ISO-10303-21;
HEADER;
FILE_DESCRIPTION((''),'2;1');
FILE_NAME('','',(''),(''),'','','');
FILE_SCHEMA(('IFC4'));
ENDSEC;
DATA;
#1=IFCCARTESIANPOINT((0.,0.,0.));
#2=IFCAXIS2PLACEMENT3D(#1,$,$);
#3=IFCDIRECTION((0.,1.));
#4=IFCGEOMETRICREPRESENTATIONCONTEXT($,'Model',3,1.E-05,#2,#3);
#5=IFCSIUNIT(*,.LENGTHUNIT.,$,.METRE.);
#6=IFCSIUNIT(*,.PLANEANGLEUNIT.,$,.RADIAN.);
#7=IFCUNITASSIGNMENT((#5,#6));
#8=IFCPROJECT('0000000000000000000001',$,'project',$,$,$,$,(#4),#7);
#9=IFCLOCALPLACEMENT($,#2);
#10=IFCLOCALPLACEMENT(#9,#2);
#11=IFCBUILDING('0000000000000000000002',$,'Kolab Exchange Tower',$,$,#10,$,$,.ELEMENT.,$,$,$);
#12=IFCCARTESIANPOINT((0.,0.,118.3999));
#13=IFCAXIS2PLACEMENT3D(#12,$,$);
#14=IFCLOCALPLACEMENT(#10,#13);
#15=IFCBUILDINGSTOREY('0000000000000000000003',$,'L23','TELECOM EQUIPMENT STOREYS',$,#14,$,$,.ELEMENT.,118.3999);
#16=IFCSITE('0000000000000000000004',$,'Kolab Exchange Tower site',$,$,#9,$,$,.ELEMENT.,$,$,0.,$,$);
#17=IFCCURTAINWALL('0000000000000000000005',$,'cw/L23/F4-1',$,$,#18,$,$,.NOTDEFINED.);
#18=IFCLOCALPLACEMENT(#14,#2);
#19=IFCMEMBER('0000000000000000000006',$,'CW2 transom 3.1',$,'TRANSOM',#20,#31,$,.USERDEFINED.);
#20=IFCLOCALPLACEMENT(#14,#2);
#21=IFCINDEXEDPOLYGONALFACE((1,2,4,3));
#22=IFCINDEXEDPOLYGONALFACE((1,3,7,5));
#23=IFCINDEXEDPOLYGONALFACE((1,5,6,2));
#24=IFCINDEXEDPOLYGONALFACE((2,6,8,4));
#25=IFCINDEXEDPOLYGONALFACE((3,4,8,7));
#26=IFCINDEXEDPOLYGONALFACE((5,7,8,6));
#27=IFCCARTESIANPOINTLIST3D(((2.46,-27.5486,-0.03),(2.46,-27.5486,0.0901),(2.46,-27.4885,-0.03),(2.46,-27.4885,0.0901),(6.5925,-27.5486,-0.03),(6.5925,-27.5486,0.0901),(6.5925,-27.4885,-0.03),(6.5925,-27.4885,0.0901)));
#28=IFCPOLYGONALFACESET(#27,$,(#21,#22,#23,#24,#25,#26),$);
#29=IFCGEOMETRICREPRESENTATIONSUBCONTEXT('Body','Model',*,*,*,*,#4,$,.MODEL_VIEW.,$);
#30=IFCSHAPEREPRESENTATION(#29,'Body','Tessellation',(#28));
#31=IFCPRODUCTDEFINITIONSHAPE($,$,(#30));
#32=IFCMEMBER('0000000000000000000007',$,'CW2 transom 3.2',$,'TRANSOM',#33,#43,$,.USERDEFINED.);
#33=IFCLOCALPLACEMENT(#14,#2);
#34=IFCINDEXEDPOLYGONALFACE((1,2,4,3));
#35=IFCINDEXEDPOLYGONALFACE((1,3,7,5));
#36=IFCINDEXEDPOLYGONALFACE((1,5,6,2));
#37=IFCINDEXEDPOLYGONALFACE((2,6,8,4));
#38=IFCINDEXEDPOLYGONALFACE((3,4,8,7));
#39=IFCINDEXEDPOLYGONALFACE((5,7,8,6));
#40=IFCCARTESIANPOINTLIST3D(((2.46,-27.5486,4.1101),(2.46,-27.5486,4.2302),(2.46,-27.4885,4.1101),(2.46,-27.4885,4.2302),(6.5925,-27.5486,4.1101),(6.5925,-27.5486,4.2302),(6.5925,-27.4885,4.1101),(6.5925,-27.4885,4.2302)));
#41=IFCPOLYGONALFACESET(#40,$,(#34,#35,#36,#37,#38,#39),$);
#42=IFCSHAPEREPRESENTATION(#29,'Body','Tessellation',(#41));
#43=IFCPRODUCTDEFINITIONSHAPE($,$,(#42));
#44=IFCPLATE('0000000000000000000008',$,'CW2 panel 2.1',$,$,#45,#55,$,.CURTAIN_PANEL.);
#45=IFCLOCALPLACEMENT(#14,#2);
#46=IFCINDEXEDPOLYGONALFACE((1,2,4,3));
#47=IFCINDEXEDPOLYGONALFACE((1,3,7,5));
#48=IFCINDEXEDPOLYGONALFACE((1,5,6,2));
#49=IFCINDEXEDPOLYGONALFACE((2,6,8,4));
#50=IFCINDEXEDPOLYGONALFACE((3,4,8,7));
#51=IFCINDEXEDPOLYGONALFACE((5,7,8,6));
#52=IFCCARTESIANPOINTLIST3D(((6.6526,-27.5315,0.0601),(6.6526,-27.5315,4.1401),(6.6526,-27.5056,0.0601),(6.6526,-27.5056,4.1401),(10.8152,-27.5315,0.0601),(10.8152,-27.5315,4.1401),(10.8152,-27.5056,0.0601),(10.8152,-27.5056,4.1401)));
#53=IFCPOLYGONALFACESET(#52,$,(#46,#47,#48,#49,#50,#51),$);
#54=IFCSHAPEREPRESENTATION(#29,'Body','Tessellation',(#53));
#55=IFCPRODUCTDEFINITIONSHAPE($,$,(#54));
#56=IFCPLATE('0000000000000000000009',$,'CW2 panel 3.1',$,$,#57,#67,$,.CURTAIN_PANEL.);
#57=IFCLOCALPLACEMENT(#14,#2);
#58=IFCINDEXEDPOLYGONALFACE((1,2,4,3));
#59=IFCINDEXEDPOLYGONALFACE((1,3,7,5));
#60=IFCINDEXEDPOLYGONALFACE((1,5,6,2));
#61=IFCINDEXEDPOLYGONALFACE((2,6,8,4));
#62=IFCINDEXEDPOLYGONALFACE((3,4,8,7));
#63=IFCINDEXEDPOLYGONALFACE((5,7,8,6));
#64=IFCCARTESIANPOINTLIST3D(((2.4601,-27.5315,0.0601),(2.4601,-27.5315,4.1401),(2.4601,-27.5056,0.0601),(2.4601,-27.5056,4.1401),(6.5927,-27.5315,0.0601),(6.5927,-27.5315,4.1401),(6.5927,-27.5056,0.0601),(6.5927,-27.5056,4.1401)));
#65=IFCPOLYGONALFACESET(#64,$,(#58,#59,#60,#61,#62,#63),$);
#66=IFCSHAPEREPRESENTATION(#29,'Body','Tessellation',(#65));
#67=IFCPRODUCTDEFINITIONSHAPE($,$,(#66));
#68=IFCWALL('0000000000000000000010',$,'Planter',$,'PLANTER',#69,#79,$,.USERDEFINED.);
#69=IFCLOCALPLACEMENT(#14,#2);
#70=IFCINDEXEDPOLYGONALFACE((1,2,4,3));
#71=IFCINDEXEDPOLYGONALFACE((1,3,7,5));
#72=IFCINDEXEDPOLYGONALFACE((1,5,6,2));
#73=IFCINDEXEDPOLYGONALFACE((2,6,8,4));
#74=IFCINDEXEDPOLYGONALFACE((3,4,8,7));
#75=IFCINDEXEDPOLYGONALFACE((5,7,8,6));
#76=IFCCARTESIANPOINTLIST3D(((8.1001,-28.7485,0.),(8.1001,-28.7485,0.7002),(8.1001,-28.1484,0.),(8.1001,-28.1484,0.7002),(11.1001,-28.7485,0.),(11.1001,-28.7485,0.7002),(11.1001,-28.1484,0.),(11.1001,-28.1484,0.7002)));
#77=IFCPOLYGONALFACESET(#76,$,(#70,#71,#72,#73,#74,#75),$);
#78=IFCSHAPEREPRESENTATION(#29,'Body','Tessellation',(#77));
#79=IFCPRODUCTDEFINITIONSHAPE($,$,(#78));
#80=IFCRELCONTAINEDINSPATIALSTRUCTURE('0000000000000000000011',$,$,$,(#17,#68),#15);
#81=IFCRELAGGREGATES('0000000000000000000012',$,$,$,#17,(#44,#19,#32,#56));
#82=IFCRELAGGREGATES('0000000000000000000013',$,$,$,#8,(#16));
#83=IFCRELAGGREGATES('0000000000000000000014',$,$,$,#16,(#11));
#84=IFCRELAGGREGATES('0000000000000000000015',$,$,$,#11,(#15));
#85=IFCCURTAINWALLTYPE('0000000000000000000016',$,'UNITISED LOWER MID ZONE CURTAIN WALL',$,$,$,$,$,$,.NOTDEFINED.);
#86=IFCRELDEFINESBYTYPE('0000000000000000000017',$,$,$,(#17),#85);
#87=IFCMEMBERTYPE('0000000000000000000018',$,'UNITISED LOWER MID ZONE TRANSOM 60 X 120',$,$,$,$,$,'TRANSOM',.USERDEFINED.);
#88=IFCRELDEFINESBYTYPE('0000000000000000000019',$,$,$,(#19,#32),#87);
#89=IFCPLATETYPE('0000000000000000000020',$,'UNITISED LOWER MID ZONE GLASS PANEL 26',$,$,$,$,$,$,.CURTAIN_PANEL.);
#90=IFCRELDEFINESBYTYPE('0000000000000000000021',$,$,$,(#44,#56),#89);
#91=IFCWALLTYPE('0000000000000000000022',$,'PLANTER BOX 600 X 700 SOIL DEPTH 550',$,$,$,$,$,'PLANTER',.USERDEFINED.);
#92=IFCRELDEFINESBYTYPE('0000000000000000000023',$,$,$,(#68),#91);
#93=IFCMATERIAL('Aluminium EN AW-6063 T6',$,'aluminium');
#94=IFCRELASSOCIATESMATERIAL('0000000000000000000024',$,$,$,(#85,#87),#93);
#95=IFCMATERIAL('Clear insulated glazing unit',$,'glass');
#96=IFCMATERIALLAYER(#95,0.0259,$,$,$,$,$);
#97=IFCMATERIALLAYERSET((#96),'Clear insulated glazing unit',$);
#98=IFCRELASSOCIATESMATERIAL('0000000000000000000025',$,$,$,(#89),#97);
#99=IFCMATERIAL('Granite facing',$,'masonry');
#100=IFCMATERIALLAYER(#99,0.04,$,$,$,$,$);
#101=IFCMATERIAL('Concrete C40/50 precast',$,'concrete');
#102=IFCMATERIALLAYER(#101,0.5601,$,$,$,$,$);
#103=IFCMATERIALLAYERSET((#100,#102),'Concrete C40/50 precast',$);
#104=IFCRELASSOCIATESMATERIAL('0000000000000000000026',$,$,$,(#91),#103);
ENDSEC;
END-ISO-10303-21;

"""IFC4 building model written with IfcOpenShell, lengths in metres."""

from ifc_helpers import new_model, si_unit, direction, frame, frame_2d, origin, origin_2d, place, context, subcontext, project, spatial, rectangle, extrude, material, layer, layer_set, material_profile, profile_set, type_object, element, aggregate, save


model = new_model("IFC4")

# Units and contexts
model_context = context("Model", 3, precision=1e-05, world=origin(), true_north=direction((0.0, 1.0)))
body_context = subcontext(model_context, "Body", "Model", "MODEL_VIEW")
ifc_project = project(units=[si_unit("LENGTHUNIT", "METRE"), si_unit("PLANEANGLEUNIT", "RADIAN")], contexts=[model_context])

# Site, building, storey
site_placement = place(None, origin())
site = spatial("IfcSite", under=ifc_project, at=site_placement, Name="Kolab Exchange Tower site", CompositionType="ELEMENT", RefElevation=0.0)
building_placement = place(site_placement, origin())
building = spatial("IfcBuilding", under=site, at=building_placement, Name="Kolab Exchange Tower", CompositionType="ELEMENT")
storey_placement = place(building_placement, frame((0.0, 0.0, 118.3999)))
storey = spatial("IfcBuildingStorey", under=building, at=storey_placement, Name="L23", Description="TELECOM EQUIPMENT STOREYS", CompositionType="ELEMENT", Elevation=118.3999)

# Curtain wall, members, plates
ifc_material_1 = material(Name="Aluminium EN AW-6063 T6", Category="aluminium")
curtain_wall_type = type_object("IfcCurtainWallType", Name="UNITISED LOWER MID ZONE CURTAIN WALL", PredefinedType="NOTDEFINED", material=ifc_material_1)
curtain_wall_placement = place(storey_placement, origin())
curtain_wall = element("IfcCurtainWall", 1, at=curtain_wall_placement, inside=storey, type_object=curtain_wall_type, Name="cw/L23/F4-1", PredefinedType="NOTDEFINED")
ifc_material_profile_1 = material_profile(ifc_material_1, rectangle(XDim=0.0601, YDim=0.1201, at=origin_2d()), Name="RECT 60X120")
ifc_profile_set_1 = profile_set([ifc_material_profile_1], Name="Aluminium EN AW-6063 T6")
member_type_1 = type_object("IfcMemberType", Name="UNITISED LOWER MID ZONE TRANSOM 60 X 120", ElementType="TRANSOM", PredefinedType="USERDEFINED", material=ifc_profile_set_1)
member_1_placement = place(storey_placement, frame((6.5925, -27.5186, 0.03), z_axis=(-1.0, 0.0, 0.0), x_axis=(0.0, -1.0, 0.0)))
member_1 = element("IfcMember", 2, at=member_1_placement, type_object=member_type_1, Name="CW2 transom 3.1", ObjectType="TRANSOM", PredefinedType="USERDEFINED", context=body_context, shape_type="SweptSolid", body=[
    extrude(rectangle(XDim=0.0601, YDim=0.1201, at=origin_2d()), origin(), (0.0, 0.0, 1.0), 4.1326),
])
member_2_placement = place(storey_placement, frame((6.5925, -27.5186, 4.1702), z_axis=(-1.0, 0.0, 0.0), x_axis=(0.0, -1.0, 0.0)))
member_2 = element("IfcMember", 3, at=member_2_placement, type_object=member_type_1, Name="CW2 transom 3.2", ObjectType="TRANSOM", PredefinedType="USERDEFINED", context=body_context, shape_type="SweptSolid", body=[
    extrude(rectangle(XDim=0.0601, YDim=0.1201, at=origin_2d()), origin(), (0.0, 0.0, 1.0), 4.1326),
])
ifc_material_2 = material(Name="Clear insulated glazing unit", Category="glass")
ifc_layer_1 = layer(ifc_material_2, 0.0259)
ifc_layer_set_1 = layer_set([ifc_layer_1], Name="Clear insulated glazing unit")
plate_type = type_object("IfcPlateType", Name="UNITISED LOWER MID ZONE GLASS PANEL 26", PredefinedType="CURTAIN_PANEL", material=ifc_layer_set_1)
plate_1_placement = place(storey_placement, frame((8.7339, -27.5186, 0.0601), z_axis=(0.0, 0.0, 1.0), x_axis=(-1.0, 0.0, 0.0)))
plate_1 = element("IfcPlate", 4, at=plate_1_placement, type_object=plate_type, Name="CW2 panel 2.1", PredefinedType="CURTAIN_PANEL", context=body_context, shape_type="SweptSolid", body=[
    extrude(rectangle(XDim=4.1626, YDim=0.0259, at=origin_2d()), origin(), (0.0, 0.0, 1.0), 4.0801),
])
plate_2_placement = place(storey_placement, frame((4.5264, -27.5186, 0.0601), z_axis=(0.0, 0.0, 1.0), x_axis=(-1.0, 0.0, 0.0)))
plate_2 = element("IfcPlate", 5, at=plate_2_placement, type_object=plate_type, Name="CW2 panel 3.1", PredefinedType="CURTAIN_PANEL", context=body_context, shape_type="SweptSolid", body=[
    extrude(rectangle(XDim=4.1326, YDim=0.0259, at=origin_2d()), origin(), (0.0, 0.0, 1.0), 4.0801),
])
aggregate(curtain_wall, [plate_1, member_1, member_2, plate_2])

# Wall
ifc_material_3 = material(Name="Granite facing", Category="masonry")
ifc_layer_2 = layer(ifc_material_3, 0.04)
ifc_material_4 = material(Name="Concrete C40/50 precast", Category="concrete")
ifc_layer_3 = layer(ifc_material_4, 0.5601)
ifc_layer_set_2 = layer_set([ifc_layer_2, ifc_layer_3], Name="Concrete C40/50 precast")
wall_type_1 = type_object("IfcWallType", Name="PLANTER BOX 600 X 700 SOIL DEPTH 550", ElementType="PLANTER", PredefinedType="USERDEFINED", material=ifc_layer_set_2)
wall_1_placement = place(storey_placement, frame((11.1001, -28.4485, 0.0), z_axis=(0.0, 0.0, 1.0), x_axis=(-1.0, 0.0, 0.0)))
element("IfcWall", 6, at=wall_1_placement, inside=storey, type_object=wall_type_1, Name="Planter", ObjectType="PLANTER", PredefinedType="USERDEFINED", context=body_context, shape_type="SweptSolid", body=[
    extrude(rectangle(XDim=3.0, YDim=0.6001, at=frame_2d((1.5, 0.0))), origin(), (0.0, 0.0, 1.0), 0.7002),
])

save(model, "model.ifc")
